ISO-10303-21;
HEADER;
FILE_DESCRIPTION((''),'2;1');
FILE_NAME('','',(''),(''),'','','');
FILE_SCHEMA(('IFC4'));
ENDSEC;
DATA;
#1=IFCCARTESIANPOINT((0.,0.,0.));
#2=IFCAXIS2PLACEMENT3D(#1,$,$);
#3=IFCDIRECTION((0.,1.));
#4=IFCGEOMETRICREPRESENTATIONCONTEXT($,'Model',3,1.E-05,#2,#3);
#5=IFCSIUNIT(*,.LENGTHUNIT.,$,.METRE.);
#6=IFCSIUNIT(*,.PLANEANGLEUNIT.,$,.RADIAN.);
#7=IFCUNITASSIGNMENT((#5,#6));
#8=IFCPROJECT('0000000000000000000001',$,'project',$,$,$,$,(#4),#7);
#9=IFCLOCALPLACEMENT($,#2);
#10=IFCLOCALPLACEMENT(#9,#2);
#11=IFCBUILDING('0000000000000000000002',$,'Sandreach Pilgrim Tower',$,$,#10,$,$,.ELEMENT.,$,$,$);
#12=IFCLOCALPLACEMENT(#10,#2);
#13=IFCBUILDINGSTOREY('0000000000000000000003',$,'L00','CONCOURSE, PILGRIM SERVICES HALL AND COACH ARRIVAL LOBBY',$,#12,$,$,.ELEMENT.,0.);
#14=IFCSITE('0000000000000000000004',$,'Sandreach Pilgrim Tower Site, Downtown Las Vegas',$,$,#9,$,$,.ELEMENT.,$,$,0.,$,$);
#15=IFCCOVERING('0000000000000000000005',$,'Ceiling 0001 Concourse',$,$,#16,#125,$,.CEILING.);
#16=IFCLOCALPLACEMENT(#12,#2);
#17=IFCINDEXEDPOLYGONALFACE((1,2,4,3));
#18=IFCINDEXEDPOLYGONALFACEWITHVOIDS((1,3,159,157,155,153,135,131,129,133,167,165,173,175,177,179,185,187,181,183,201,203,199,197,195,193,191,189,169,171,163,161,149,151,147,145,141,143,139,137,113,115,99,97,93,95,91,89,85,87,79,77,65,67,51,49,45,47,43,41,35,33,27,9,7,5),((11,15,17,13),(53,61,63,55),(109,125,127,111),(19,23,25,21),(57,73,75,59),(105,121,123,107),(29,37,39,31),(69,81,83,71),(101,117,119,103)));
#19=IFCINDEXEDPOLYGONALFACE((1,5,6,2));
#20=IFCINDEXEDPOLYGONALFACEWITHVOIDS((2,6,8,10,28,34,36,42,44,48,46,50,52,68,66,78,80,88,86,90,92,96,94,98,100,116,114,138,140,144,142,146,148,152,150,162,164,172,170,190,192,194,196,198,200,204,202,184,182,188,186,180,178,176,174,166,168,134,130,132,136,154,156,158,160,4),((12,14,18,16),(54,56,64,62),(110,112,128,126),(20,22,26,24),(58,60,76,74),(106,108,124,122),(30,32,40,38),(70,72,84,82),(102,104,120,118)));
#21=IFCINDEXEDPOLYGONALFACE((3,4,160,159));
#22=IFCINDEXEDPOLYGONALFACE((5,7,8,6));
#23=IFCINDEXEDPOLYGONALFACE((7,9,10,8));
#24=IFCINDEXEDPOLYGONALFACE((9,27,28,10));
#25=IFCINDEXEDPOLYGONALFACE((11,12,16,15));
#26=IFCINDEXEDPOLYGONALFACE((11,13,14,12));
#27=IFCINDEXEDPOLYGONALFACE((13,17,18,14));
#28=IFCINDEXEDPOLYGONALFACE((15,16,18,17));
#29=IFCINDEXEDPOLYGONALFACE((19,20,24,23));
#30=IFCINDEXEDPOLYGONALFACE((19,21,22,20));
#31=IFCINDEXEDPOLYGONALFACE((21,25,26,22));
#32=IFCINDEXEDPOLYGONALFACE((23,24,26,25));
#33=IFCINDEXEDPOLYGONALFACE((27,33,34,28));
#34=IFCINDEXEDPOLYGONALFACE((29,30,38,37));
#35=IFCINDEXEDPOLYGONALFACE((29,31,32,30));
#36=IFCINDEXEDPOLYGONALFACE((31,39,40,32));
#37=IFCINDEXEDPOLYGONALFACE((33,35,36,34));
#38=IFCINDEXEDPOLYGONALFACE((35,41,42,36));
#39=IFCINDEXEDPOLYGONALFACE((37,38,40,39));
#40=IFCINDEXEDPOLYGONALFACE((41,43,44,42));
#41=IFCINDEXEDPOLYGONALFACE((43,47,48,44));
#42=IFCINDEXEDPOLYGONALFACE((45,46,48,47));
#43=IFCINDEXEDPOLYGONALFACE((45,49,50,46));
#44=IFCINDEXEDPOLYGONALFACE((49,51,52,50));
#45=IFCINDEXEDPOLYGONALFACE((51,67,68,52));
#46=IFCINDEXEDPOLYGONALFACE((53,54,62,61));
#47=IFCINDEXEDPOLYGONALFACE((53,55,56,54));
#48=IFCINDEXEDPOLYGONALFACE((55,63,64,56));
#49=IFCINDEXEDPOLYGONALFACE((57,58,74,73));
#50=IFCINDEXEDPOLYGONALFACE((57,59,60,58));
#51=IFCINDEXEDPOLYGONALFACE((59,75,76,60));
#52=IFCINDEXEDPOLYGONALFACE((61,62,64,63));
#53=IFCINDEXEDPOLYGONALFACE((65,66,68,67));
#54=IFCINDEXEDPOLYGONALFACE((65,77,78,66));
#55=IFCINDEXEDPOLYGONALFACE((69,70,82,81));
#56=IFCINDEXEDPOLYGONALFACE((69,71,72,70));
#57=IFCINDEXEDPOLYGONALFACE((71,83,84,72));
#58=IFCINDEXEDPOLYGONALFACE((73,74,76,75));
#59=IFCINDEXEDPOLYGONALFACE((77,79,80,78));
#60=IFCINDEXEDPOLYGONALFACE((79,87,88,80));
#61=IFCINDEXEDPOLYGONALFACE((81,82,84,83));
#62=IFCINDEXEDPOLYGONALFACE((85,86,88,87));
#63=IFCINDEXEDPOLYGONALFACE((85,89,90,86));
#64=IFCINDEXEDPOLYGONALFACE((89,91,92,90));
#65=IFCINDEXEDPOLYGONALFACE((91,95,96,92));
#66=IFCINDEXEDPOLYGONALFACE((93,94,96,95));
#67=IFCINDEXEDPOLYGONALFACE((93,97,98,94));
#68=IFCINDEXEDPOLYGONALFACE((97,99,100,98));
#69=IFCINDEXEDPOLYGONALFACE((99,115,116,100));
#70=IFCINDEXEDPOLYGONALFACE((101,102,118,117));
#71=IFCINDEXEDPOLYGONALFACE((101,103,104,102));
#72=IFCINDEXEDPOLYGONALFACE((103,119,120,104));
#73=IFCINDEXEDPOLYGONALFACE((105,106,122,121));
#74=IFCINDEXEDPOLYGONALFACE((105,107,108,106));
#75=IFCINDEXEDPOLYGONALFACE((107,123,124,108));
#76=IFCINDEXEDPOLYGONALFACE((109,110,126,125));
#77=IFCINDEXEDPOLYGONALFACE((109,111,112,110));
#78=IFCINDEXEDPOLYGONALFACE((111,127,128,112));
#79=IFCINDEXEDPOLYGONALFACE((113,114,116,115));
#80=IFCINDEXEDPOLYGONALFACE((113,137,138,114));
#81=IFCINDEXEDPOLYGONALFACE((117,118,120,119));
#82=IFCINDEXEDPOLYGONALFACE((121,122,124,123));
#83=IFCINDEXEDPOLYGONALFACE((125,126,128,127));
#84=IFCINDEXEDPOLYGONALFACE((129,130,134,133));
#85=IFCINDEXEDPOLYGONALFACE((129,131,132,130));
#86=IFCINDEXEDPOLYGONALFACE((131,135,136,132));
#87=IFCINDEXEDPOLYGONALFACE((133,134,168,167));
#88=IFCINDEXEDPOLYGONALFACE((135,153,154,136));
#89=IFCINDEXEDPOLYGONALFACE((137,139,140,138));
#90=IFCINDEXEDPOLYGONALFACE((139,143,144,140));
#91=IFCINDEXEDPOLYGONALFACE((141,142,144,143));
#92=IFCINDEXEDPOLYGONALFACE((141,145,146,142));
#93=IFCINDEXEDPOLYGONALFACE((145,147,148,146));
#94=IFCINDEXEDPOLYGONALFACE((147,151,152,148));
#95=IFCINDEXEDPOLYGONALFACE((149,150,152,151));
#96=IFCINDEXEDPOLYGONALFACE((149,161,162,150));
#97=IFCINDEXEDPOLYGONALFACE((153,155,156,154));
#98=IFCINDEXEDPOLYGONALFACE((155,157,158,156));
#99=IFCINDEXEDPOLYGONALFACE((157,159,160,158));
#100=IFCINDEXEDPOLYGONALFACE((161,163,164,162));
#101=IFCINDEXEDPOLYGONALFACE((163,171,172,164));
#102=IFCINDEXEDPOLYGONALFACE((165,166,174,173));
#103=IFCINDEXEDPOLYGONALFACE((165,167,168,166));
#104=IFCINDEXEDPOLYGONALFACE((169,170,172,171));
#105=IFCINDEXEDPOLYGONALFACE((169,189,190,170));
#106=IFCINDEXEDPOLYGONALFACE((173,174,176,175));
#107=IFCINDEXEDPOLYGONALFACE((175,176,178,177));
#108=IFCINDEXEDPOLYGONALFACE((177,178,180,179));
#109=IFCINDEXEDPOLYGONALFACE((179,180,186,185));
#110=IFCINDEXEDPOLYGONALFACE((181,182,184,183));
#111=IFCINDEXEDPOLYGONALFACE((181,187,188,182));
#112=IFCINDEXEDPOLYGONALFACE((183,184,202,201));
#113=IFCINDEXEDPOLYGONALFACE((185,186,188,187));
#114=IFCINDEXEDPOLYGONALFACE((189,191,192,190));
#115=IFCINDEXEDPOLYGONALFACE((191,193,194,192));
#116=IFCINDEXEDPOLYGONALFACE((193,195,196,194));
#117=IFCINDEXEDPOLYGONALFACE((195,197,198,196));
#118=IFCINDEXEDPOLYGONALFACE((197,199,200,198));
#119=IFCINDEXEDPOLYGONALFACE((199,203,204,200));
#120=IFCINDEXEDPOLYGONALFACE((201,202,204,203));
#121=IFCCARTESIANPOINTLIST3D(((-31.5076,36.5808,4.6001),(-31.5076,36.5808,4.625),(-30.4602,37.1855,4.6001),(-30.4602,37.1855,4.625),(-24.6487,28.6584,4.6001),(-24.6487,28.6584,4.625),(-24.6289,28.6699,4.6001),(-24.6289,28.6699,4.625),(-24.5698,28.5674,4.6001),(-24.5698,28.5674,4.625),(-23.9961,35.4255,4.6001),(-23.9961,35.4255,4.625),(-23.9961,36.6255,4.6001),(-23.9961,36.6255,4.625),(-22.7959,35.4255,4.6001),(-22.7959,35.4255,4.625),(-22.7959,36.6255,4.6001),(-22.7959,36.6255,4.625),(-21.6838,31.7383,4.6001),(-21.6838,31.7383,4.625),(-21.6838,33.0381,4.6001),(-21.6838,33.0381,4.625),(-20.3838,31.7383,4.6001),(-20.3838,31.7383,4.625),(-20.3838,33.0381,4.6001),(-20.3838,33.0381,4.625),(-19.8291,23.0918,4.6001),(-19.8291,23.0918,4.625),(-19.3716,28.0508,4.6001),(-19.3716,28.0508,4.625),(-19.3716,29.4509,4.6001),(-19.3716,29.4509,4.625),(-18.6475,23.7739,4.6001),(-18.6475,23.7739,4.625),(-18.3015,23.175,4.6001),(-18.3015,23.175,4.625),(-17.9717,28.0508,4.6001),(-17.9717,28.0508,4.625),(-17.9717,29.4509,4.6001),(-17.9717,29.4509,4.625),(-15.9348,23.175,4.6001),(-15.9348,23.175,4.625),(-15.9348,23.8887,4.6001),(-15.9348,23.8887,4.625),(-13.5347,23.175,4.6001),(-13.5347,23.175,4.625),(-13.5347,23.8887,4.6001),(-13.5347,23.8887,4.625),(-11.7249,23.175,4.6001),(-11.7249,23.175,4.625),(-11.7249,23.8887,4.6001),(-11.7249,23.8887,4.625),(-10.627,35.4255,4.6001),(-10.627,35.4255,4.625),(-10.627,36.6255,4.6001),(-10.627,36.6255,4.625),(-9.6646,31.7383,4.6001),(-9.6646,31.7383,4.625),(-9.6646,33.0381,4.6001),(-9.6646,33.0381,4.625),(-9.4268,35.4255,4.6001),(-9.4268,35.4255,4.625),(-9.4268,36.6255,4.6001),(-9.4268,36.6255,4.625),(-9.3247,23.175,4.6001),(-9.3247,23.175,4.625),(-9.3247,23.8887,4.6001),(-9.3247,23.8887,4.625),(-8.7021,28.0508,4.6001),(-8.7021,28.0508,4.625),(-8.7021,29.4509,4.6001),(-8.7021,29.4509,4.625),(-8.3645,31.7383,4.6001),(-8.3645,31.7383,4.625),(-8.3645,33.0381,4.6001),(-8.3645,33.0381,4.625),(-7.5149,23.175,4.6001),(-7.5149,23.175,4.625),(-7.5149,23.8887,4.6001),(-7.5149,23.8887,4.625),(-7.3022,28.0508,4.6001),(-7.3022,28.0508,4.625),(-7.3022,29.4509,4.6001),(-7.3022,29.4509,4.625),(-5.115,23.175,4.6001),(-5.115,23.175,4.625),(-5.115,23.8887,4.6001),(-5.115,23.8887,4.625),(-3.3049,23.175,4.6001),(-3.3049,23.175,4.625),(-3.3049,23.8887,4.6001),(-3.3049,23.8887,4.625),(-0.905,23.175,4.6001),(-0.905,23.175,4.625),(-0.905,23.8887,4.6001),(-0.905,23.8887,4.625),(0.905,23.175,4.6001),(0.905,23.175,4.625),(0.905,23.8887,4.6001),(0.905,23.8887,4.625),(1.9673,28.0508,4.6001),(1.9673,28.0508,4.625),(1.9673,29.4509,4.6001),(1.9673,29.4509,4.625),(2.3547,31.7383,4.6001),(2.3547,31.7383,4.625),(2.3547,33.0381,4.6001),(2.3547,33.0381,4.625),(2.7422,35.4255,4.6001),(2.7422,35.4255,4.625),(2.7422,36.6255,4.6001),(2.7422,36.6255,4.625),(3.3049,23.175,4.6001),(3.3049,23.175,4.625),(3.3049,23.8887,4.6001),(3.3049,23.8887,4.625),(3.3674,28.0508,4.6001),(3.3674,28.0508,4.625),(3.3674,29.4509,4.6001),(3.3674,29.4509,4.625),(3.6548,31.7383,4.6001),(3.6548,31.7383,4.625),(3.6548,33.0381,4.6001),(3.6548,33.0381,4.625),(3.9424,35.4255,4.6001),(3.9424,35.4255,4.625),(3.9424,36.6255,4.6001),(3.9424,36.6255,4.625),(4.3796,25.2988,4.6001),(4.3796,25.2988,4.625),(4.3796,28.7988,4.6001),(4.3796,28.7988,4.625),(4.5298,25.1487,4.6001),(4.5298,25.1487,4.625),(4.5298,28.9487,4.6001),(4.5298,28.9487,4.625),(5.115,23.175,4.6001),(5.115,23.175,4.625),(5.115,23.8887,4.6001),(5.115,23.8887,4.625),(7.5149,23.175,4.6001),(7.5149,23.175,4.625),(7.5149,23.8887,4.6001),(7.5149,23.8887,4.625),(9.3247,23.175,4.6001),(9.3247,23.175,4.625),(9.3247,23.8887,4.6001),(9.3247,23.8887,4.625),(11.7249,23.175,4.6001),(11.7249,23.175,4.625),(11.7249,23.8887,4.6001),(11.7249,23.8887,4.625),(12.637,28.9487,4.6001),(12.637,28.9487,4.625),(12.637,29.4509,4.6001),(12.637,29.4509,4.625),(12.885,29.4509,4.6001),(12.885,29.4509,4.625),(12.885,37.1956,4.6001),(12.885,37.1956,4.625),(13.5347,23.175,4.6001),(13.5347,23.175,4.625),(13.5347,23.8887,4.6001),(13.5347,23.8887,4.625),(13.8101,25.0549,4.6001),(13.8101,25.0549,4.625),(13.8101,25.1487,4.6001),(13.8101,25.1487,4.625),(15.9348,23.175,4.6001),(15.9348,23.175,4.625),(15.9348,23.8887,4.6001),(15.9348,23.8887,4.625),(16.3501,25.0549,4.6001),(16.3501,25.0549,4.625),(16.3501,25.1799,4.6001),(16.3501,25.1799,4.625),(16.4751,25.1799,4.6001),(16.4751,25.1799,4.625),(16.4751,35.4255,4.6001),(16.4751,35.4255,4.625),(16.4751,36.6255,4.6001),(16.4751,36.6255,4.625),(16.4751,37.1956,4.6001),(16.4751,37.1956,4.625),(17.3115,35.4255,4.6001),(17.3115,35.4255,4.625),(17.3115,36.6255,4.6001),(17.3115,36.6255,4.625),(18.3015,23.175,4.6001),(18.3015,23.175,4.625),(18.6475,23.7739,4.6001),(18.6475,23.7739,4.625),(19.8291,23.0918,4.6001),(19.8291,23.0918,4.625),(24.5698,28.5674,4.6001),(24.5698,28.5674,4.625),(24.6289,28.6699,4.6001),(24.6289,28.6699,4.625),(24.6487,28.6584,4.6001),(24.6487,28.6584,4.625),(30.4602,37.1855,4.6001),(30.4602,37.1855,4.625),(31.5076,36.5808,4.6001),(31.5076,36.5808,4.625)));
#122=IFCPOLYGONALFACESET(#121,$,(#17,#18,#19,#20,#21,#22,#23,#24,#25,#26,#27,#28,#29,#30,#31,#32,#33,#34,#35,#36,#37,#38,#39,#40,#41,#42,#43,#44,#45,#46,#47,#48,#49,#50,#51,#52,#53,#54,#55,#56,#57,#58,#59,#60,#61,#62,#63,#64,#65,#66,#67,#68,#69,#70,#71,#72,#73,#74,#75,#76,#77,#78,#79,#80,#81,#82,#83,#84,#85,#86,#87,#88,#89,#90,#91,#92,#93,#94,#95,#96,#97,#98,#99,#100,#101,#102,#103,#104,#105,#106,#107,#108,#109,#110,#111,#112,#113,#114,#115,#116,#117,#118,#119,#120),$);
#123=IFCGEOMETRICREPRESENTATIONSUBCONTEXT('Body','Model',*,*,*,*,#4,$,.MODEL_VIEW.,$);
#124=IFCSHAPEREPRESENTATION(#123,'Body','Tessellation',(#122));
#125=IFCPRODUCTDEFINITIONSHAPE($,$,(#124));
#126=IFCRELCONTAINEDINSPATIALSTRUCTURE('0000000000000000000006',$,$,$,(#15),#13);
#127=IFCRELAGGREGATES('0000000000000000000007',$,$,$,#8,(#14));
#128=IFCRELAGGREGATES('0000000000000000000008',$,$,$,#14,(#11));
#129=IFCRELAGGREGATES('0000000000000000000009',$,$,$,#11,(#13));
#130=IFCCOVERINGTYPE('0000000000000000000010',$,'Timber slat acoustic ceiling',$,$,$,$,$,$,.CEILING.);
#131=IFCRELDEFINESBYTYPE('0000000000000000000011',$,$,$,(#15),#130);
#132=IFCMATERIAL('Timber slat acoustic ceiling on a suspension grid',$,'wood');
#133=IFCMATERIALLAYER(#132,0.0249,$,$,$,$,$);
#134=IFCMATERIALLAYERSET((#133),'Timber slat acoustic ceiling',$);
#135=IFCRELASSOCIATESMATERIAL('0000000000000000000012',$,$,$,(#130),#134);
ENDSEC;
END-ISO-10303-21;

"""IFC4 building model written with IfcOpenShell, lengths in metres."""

from ifc_helpers import new_model, si_unit, direction, frame, origin, place, context, subcontext, project, spatial, polyline, outline, extrude, material, layer, layer_set, type_object, element, save


model = new_model("IFC4")

# Units and contexts
model_context = context("Model", 3, precision=1e-05, world=origin(), true_north=direction((0.0, 1.0)))
body_context = subcontext(model_context, "Body", "Model", "MODEL_VIEW")
ifc_project = project(units=[si_unit("LENGTHUNIT", "METRE"), si_unit("PLANEANGLEUNIT", "RADIAN")], contexts=[model_context])

# Site, building, storey
site_placement = place(None, origin())
site = spatial("IfcSite", under=ifc_project, at=site_placement, Name="Sandreach Pilgrim Tower Site, Downtown Las Vegas", CompositionType="ELEMENT", RefElevation=0.0)
building_placement = place(site_placement, origin())
building = spatial("IfcBuilding", under=site, at=building_placement, Name="Sandreach Pilgrim Tower", CompositionType="ELEMENT")
storey_placement = place(building_placement, origin())
storey = spatial("IfcBuildingStorey", under=building, at=storey_placement, Name="L00", Description="CONCOURSE, PILGRIM SERVICES HALL AND COACH ARRIVAL LOBBY", CompositionType="ELEMENT", Elevation=0.0)

# Covering
ifc_material_1 = material(Name="Timber slat acoustic ceiling on a suspension grid", Category="wood")
ifc_layer_1 = layer(ifc_material_1, 0.0249)
ifc_layer_set_1 = layer_set([ifc_layer_1], Name="Timber slat acoustic ceiling")
covering_type_1 = type_object("IfcCoveringType", Name="Timber slat acoustic ceiling", PredefinedType="CEILING", material=ifc_layer_set_1)
covering_1_placement = place(storey_placement, frame((0.0, 0.0, 4.6001)))
element("IfcCovering", 1, at=covering_1_placement, inside=storey, type_object=covering_type_1, Name="Ceiling 0001 Concourse", PredefinedType="CEILING", context=body_context, shape_type="SweptSolid", body=[
    extrude(outline(polyline([(-30.4602, 37.1855), (12.885, 37.1956), (12.885, 29.4509), (12.637, 29.4509), (12.637, 28.9487), (4.5298, 28.9487), (4.3796, 28.7988), (4.3796, 25.2988), (4.5298, 25.1487), (13.8101, 25.1487), (13.8101, 25.0549), (16.3501, 25.0549), (16.3501, 25.1799), (16.4751, 25.1799), (16.4751, 35.4255), (17.3115, 35.4255), (17.3115, 36.6255), (16.4751, 36.6255), (16.4751, 37.1956), (30.4602, 37.1855), (31.5076, 36.5808), (24.6487, 28.6584), (24.6289, 28.6699), (24.5698, 28.5674), (19.8291, 23.0918), (18.6475, 23.7739), (18.3015, 23.175), (15.9348, 23.175), (15.9348, 23.8887), (13.5347, 23.8887), (13.5347, 23.175), (11.7249, 23.175), (11.7249, 23.8887), (9.3247, 23.8887), (9.3247, 23.175), (7.5149, 23.175), (7.5149, 23.8887), (5.115, 23.8887), (5.115, 23.175), (3.3049, 23.175), (3.3049, 23.8887), (0.905, 23.8887), (0.905, 23.175), (-0.905, 23.175), (-0.905, 23.8887), (-3.3049, 23.8887), (-3.3049, 23.175), (-5.115, 23.175), (-5.115, 23.8887), (-7.5149, 23.8887), (-7.5149, 23.175), (-9.3247, 23.175), (-9.3247, 23.8887), (-11.7249, 23.8887), (-11.7249, 23.175), (-13.5347, 23.175), (-13.5347, 23.8887), (-15.9348, 23.8887), (-15.9348, 23.175), (-18.3015, 23.175), (-18.6475, 23.7739), (-19.8291, 23.0918), (-24.5698, 28.5674), (-24.6289, 28.6699), (-24.6487, 28.6584), (-31.5076, 36.5808), (-30.4602, 37.1855)]), holes=[polyline([(3.9424, 36.6255), (2.7422, 36.6255), (2.7422, 35.4255), (3.9424, 35.4255), (3.9424, 36.6255)]), polyline([(3.6548, 33.0381), (2.3547, 33.0381), (2.3547, 31.7383), (3.6548, 31.7383), (3.6548, 33.0381)]), polyline([(1.9673, 29.4509), (1.9673, 28.0508), (3.3674, 28.0508), (3.3674, 29.4509), (1.9673, 29.4509)]), polyline([(-8.7021, 29.4509), (-8.7021, 28.0508), (-7.3022, 28.0508), (-7.3022, 29.4509), (-8.7021, 29.4509)]), polyline([(-9.6646, 33.0381), (-9.6646, 31.7383), (-8.3645, 31.7383), (-8.3645, 33.0381), (-9.6646, 33.0381)]), polyline([(-10.627, 36.6255), (-10.627, 35.4255), (-9.4268, 35.4255), (-9.4268, 36.6255), (-10.627, 36.6255)]), polyline([(-19.3716, 29.4509), (-19.3716, 28.0508), (-17.9717, 28.0508), (-17.9717, 29.4509), (-19.3716, 29.4509)]), polyline([(-21.6838, 33.0381), (-21.6838, 31.7383), (-20.3838, 31.7383), (-20.3838, 33.0381), (-21.6838, 33.0381)]), polyline([(-23.9961, 36.6255), (-23.9961, 35.4255), (-22.7959, 35.4255), (-22.7959, 36.6255), (-23.9961, 36.6255)])]), origin(), (0.0, 0.0, 1.0), 0.0249),
])

save(model, "model.ifc")
